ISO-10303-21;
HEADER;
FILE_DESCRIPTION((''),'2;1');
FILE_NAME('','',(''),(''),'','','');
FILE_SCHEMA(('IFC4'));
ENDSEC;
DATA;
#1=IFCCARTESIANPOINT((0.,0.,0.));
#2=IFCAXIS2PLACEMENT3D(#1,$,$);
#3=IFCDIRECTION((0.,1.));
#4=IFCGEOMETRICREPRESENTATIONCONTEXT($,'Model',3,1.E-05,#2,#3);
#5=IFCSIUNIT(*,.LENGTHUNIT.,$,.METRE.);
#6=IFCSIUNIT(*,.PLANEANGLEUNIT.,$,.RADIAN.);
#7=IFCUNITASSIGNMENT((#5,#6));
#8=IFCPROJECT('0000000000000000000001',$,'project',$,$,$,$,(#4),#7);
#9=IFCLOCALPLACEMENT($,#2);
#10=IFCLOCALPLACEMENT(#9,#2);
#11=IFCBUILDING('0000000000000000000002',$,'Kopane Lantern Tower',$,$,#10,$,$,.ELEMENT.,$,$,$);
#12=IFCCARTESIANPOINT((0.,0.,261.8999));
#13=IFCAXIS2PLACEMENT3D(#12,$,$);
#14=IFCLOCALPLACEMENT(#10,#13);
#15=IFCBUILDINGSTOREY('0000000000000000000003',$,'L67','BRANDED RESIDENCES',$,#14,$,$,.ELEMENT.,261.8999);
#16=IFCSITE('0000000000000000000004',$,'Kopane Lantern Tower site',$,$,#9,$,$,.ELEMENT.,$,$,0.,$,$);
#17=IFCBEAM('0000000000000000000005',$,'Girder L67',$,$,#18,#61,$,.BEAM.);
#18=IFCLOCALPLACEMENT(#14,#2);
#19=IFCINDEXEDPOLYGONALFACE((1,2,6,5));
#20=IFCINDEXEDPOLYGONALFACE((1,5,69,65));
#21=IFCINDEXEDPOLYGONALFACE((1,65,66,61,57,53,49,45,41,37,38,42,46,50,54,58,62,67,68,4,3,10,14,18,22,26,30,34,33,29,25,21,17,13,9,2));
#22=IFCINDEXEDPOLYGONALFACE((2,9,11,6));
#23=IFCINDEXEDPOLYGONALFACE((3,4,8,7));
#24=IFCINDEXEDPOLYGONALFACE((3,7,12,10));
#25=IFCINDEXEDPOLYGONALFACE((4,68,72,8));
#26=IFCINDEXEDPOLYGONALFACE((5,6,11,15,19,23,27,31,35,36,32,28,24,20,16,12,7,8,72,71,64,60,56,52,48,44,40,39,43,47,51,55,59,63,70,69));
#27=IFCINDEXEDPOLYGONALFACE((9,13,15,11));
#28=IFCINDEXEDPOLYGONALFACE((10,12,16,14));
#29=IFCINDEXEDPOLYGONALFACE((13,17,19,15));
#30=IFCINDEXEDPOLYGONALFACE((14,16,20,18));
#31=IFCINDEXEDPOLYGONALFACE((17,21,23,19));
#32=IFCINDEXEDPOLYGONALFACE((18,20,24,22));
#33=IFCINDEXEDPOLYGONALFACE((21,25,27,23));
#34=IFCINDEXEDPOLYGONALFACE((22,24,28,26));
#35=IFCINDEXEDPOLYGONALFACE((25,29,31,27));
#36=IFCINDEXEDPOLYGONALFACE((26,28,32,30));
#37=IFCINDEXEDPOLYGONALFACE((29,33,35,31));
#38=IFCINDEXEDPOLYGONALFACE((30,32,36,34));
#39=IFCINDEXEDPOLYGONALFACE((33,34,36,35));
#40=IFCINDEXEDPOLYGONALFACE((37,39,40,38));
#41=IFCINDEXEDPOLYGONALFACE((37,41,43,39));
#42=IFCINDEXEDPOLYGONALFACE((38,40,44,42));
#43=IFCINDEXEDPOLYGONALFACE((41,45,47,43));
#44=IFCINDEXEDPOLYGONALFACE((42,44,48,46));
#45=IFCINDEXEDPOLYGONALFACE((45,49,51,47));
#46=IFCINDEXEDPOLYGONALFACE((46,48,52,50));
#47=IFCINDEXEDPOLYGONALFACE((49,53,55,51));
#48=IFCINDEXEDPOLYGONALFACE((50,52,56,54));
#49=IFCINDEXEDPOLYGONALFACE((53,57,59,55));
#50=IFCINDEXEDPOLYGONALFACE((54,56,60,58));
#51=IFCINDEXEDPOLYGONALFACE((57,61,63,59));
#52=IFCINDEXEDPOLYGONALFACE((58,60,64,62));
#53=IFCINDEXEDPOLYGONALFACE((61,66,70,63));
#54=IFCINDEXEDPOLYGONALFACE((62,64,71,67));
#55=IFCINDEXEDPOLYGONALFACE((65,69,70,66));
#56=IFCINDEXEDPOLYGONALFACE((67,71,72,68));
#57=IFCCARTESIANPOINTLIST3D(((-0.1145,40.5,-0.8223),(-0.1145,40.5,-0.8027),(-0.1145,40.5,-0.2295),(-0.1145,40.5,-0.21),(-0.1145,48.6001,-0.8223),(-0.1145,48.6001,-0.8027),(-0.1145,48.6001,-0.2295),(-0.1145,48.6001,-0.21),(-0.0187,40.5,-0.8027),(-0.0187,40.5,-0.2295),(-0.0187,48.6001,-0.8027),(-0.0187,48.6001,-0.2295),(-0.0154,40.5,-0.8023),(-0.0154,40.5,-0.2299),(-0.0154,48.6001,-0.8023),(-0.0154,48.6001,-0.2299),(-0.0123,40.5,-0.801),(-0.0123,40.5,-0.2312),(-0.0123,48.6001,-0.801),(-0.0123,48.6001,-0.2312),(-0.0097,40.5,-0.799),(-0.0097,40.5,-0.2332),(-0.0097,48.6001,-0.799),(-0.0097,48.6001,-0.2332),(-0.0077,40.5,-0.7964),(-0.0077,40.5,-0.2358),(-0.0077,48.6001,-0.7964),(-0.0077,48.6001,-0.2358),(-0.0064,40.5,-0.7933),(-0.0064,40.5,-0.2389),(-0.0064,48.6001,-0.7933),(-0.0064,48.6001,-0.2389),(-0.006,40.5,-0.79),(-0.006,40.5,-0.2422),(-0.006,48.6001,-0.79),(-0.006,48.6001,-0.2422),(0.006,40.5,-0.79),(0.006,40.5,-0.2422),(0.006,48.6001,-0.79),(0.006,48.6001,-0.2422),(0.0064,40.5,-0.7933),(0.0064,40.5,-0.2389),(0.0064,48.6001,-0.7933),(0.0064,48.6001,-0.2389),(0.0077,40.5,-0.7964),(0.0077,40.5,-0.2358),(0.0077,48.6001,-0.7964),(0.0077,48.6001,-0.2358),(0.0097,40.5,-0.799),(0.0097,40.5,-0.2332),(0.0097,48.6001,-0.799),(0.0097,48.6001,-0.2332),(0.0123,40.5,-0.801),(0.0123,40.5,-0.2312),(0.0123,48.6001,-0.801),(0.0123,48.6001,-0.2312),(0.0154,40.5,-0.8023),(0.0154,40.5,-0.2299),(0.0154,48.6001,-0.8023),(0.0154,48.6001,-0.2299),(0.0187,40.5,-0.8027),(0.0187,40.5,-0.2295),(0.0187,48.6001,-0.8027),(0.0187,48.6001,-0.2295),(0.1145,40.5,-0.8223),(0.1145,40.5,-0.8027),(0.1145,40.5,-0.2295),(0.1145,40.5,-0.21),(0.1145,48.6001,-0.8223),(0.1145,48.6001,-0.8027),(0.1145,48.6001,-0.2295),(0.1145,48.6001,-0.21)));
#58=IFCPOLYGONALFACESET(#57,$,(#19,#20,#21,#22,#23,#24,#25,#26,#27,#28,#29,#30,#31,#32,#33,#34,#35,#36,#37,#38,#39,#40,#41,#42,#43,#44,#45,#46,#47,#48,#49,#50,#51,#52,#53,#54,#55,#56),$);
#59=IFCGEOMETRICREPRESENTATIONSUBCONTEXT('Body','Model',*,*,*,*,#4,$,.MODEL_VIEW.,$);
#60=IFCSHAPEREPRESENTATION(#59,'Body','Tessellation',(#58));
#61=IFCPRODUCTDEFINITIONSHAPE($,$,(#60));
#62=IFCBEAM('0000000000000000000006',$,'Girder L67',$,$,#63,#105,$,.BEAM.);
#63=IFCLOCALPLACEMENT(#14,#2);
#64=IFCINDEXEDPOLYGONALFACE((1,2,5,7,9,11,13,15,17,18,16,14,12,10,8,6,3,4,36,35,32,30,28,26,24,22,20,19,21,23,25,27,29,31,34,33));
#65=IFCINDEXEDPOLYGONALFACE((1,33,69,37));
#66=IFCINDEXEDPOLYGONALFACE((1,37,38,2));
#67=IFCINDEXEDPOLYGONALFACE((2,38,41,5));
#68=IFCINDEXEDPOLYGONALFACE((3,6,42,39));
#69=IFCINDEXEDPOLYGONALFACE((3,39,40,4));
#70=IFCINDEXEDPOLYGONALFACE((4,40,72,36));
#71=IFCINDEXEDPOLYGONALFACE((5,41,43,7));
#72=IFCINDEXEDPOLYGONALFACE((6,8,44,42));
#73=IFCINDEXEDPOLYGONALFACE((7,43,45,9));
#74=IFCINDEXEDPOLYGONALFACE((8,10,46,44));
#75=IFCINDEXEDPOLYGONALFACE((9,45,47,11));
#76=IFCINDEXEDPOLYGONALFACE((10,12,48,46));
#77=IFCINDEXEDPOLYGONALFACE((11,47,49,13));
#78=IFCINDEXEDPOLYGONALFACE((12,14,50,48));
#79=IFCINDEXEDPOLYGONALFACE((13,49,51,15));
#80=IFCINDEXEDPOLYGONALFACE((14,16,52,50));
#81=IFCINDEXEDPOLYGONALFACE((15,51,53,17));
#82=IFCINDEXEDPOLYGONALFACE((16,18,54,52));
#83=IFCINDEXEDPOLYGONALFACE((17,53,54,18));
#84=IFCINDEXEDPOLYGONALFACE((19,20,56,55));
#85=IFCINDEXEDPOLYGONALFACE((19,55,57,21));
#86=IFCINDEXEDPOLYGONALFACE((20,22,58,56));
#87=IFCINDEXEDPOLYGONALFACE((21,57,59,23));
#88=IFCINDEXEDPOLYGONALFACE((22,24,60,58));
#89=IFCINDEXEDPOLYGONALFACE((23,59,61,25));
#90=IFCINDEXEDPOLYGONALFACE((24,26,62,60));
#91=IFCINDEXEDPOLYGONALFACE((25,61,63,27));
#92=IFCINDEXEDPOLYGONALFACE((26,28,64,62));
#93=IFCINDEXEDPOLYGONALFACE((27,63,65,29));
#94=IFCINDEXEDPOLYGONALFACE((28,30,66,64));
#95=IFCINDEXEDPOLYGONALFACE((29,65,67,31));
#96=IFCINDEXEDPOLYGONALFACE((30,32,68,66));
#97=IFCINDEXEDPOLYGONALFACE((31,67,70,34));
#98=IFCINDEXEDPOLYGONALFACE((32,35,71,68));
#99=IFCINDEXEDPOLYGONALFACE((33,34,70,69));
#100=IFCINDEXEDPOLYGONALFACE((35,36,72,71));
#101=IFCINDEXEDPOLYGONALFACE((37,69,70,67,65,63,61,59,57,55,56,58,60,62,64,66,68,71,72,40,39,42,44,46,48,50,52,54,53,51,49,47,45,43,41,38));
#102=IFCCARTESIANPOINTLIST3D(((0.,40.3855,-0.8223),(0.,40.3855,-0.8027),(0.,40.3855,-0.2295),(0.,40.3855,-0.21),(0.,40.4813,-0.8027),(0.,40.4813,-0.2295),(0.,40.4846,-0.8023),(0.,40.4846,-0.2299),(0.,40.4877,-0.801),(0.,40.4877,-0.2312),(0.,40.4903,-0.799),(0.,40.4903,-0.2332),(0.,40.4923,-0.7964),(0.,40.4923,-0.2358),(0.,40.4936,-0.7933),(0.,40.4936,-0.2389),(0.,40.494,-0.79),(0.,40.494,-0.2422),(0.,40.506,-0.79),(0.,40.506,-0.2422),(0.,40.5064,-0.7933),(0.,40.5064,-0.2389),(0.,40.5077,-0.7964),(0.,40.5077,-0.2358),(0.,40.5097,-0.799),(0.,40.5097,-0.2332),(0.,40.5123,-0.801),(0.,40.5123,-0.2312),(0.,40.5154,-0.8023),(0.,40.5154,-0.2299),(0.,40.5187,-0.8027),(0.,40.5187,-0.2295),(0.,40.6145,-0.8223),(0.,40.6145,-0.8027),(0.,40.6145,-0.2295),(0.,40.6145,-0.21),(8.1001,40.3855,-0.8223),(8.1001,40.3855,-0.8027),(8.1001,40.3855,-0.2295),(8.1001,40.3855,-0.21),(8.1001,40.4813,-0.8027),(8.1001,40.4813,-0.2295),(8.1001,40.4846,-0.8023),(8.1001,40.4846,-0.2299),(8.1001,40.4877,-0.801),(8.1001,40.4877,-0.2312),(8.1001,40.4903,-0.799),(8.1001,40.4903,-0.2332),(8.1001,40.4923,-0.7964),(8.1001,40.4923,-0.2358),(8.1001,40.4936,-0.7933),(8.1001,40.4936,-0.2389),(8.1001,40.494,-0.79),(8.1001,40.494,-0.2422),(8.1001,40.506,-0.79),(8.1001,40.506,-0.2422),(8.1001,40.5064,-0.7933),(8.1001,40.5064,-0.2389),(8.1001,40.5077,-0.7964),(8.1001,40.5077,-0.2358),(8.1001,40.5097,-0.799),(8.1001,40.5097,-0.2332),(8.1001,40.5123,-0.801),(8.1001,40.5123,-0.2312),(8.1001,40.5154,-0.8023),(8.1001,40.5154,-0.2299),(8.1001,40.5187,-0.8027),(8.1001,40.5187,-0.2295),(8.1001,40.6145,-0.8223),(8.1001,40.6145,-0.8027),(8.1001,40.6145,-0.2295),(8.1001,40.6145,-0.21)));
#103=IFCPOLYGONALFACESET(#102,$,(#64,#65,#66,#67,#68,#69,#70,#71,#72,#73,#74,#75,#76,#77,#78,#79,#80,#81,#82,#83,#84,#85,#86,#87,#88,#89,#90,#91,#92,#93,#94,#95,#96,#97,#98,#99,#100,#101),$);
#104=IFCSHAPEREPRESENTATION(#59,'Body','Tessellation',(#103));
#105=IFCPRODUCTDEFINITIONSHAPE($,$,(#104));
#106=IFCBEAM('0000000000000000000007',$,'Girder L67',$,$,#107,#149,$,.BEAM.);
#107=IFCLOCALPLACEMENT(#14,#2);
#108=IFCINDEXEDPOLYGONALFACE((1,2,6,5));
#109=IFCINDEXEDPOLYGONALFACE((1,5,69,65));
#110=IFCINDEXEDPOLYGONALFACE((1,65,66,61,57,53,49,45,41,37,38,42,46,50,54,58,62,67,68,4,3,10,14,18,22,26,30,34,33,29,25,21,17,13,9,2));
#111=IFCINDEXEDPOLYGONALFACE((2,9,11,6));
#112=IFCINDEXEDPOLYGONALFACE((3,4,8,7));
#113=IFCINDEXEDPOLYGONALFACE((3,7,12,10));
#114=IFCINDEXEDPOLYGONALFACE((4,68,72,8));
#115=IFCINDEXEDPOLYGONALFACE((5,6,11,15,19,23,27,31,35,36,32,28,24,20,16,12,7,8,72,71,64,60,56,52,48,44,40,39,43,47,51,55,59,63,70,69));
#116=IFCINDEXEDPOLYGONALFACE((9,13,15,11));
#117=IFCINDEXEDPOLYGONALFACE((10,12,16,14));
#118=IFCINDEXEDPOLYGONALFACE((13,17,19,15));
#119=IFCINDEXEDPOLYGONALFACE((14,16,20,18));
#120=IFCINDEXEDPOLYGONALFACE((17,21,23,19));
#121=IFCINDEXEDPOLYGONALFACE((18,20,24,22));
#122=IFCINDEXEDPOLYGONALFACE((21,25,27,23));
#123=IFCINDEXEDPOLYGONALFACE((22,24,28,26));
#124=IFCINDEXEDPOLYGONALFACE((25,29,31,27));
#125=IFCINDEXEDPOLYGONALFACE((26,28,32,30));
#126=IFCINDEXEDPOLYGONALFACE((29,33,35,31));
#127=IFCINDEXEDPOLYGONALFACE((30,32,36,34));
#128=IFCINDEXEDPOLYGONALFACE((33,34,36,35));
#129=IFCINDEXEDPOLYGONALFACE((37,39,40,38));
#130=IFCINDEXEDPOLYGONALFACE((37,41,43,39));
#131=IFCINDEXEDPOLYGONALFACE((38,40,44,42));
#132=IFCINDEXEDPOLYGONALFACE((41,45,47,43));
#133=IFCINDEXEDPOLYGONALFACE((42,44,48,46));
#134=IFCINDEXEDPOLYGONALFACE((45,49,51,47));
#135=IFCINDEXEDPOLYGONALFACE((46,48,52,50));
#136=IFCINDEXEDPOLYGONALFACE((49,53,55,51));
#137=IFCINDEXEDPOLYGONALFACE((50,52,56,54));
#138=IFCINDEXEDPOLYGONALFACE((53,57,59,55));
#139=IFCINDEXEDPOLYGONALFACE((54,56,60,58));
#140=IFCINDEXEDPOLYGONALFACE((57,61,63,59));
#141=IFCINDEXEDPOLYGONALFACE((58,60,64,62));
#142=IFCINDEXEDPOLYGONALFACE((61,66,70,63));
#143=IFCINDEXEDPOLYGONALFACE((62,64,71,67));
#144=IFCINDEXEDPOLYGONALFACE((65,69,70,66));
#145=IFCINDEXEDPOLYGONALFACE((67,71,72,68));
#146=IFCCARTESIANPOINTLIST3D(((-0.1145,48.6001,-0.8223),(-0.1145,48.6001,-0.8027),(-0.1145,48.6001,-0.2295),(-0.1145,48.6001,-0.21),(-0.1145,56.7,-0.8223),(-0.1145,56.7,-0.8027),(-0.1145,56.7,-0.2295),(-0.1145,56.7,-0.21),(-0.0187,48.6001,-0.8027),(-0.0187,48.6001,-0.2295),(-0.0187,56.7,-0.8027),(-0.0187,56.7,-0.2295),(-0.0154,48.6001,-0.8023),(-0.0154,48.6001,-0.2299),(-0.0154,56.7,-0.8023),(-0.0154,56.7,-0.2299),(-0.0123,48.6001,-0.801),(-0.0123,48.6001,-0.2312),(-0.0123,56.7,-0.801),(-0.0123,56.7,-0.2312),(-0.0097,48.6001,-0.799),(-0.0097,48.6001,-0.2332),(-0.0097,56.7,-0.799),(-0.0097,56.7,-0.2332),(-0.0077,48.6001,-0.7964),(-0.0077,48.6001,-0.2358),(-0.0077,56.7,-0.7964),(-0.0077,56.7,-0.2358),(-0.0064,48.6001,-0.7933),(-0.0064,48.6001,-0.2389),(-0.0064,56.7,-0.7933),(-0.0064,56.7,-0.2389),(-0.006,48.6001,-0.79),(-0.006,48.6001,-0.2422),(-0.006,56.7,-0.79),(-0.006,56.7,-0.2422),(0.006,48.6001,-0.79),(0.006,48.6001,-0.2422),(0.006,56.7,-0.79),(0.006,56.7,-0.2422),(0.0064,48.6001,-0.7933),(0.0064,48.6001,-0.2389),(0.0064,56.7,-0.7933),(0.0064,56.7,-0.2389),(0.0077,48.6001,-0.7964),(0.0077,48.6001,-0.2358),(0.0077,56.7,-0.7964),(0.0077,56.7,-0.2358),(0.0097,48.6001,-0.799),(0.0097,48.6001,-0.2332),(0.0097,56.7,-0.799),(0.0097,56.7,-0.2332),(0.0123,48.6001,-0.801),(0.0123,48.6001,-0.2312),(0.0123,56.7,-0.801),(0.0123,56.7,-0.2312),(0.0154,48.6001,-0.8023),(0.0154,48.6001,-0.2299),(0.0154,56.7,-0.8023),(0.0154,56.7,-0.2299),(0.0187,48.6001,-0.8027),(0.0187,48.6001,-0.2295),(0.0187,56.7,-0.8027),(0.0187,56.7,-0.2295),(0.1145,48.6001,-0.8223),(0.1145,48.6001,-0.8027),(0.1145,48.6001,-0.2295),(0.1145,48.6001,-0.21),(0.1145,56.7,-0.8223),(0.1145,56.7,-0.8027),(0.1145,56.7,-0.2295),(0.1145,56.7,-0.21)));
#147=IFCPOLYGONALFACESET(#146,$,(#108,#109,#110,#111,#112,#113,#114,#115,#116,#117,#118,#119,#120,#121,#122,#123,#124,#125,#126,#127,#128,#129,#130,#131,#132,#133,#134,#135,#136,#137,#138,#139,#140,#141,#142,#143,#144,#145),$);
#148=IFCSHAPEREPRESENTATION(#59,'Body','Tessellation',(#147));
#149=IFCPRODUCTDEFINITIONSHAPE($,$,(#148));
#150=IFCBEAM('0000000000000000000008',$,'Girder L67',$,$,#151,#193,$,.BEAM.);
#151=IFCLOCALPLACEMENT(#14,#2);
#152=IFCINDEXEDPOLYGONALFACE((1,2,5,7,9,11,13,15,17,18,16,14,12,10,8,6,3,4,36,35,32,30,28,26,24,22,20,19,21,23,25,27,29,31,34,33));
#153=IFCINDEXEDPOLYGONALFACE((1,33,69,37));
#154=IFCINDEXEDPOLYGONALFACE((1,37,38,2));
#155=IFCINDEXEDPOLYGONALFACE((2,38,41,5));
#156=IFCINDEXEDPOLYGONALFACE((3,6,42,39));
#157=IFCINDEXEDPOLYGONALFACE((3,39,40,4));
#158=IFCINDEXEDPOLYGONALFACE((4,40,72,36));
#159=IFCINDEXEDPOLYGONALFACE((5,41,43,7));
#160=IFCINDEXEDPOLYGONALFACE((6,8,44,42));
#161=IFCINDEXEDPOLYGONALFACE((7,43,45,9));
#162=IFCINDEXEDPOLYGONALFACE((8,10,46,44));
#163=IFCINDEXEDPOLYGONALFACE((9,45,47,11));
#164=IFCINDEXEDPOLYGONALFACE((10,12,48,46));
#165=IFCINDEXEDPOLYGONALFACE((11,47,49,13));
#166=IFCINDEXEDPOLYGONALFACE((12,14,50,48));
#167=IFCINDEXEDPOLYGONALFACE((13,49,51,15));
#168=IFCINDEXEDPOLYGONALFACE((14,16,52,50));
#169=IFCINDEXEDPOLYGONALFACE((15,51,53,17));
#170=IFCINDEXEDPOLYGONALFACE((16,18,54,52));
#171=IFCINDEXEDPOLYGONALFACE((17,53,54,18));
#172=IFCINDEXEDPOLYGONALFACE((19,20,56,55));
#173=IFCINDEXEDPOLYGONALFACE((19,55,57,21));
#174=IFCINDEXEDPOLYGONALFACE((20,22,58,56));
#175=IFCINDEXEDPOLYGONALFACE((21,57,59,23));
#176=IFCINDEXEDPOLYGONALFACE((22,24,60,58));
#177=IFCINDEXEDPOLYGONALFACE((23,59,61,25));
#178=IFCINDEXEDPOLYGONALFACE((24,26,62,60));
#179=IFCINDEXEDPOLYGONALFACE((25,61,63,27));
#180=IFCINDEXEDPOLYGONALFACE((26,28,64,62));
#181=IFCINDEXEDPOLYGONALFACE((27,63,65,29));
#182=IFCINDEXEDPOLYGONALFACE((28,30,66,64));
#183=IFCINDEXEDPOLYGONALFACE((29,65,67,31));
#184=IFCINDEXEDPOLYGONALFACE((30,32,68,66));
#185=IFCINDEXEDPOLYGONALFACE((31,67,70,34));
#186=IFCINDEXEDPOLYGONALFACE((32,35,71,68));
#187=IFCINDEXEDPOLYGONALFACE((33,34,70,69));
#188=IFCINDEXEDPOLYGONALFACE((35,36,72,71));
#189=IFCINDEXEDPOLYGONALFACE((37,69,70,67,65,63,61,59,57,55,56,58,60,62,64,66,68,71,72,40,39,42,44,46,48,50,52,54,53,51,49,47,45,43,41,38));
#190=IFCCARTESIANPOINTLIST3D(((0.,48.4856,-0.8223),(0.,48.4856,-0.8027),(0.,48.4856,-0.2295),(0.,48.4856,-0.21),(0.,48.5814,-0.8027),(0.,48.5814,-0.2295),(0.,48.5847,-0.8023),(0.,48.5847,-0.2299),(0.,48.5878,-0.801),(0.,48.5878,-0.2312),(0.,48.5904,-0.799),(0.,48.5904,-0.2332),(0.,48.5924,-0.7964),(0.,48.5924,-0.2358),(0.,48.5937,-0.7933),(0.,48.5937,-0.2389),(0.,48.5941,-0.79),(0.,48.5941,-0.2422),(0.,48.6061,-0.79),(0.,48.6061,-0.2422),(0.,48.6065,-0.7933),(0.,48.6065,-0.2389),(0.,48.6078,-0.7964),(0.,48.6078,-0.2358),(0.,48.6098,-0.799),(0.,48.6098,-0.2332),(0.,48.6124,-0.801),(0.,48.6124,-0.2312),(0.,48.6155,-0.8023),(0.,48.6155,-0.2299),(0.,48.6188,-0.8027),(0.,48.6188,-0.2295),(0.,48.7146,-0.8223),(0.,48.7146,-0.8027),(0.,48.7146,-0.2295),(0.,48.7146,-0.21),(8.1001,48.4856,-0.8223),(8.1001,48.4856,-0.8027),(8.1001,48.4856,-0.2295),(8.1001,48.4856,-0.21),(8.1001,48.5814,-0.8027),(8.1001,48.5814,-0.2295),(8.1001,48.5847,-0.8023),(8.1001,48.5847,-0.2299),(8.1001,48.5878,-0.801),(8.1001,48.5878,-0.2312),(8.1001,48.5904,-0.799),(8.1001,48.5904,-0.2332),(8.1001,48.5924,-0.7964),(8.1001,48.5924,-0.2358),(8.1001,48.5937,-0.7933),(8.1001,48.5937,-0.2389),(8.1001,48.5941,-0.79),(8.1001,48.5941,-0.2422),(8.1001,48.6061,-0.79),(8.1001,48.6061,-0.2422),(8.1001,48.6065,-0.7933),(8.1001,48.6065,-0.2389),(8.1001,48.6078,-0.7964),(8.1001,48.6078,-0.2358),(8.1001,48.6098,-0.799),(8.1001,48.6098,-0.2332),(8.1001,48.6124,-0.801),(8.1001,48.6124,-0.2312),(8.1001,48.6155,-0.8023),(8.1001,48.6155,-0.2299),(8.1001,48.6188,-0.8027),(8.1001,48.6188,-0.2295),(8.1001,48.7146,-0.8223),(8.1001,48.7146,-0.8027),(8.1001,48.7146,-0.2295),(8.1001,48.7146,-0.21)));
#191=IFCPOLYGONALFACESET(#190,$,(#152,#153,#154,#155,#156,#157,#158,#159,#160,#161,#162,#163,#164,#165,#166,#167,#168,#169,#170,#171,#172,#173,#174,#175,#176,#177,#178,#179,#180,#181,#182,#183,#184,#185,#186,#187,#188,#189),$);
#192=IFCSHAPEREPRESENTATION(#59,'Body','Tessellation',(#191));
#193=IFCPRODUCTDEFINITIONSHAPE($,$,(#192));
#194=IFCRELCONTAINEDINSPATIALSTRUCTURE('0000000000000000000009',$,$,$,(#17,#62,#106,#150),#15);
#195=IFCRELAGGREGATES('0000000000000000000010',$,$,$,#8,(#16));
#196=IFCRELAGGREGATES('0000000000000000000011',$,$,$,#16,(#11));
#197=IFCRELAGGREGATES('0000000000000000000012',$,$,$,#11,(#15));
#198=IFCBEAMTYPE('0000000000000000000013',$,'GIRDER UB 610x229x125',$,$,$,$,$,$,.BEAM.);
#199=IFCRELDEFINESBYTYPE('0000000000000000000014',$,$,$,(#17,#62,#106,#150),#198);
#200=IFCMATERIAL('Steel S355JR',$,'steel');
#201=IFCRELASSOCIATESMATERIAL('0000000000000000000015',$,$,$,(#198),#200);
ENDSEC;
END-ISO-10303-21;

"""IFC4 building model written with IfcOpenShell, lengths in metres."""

from ifc_helpers import new_model, si_unit, direction, frame, origin, origin_2d, place, context, subcontext, project, spatial, i_section, extrude, material, material_profile, profile_set, type_object, element, save


model = new_model("IFC4")

# Units and contexts
model_context = context("Model", 3, precision=1e-05, world=origin(), true_north=direction((0.0, 1.0)))
body_context = subcontext(model_context, "Body", "Model", "MODEL_VIEW")
ifc_project = project(units=[si_unit("LENGTHUNIT", "METRE"), si_unit("PLANEANGLEUNIT", "RADIAN")], contexts=[model_context])

# Site, building, storey
site_placement = place(None, origin())
site = spatial("IfcSite", under=ifc_project, at=site_placement, Name="Kopane Lantern Tower site", CompositionType="ELEMENT", RefElevation=0.0)
building_placement = place(site_placement, origin())
building = spatial("IfcBuilding", under=site, at=building_placement, Name="Kopane Lantern Tower", CompositionType="ELEMENT")
storey_placement = place(building_placement, frame((0.0, 0.0, 261.8999)))
storey = spatial("IfcBuildingStorey", under=building, at=storey_placement, Name="L67", Description="BRANDED RESIDENCES", CompositionType="ELEMENT", Elevation=261.8999)

# Beams
ifc_material_1 = material(Name="Steel S355JR", Category="steel")
ifc_material_profile_1 = material_profile(ifc_material_1, i_section(OverallWidth=0.229, OverallDepth=0.6123, WebThickness=0.012, FlangeThickness=0.0195, FilletRadius=0.0127, at=origin_2d()), Name="UB 610x229x125")
ifc_profile_set_1 = profile_set([ifc_material_profile_1], Name="Steel S355JR")
beam_type = type_object("IfcBeamType", Name="GIRDER UB 610x229x125", PredefinedType="BEAM", material=ifc_profile_set_1)
for number, where, z_axis, x_axis, name in (
    (1, (0.0, 40.5, -0.5161), (0.0, 1.0, 0.0), (-1.0, 0.0, 0.0), "Girder L67"),
    (2, (0.0, 40.5, -0.5161), (1.0, 0.0, 0.0), (0.0, 1.0, 0.0), "Girder L67"),
):
    element("IfcBeam", number, at=place(storey_placement, frame(where, z_axis=z_axis, x_axis=x_axis)), inside=storey, type_object=beam_type, Name=name, PredefinedType="BEAM", context=body_context, shape_type="SweptSolid", body=[
        extrude(i_section(OverallWidth=0.229, OverallDepth=0.6123, WebThickness=0.012, FlangeThickness=0.0195, FilletRadius=0.0127, at=origin_2d()), origin(), (0.0, 0.0, 1.0), 8.1001),
    ])
beam_placement = place(storey_placement, frame((0.0, 48.6001, -0.5161), z_axis=(0.0, 1.0, 0.0), x_axis=(-1.0, 0.0, 0.0)))
element("IfcBeam", 3, at=beam_placement, inside=storey, type_object=beam_type, Name="Girder L67", PredefinedType="BEAM", context=body_context, shape_type="SweptSolid", body=[
    extrude(i_section(OverallWidth=0.229, OverallDepth=0.6123, WebThickness=0.012, FlangeThickness=0.0195, FilletRadius=0.0127, at=origin_2d()), origin(), (0.0, 0.0, 1.0), 8.0999),
])
for number, where, z_axis, x_axis, name in (
    (4, (0.0, 48.6001, -0.5161), (1.0, 0.0, 0.0), (0.0, 1.0, 0.0), "Girder L67"),
):
    element("IfcBeam", number, at=place(storey_placement, frame(where, z_axis=z_axis, x_axis=x_axis)), inside=storey, type_object=beam_type, Name=name, PredefinedType="BEAM", context=body_context, shape_type="SweptSolid", body=[
        extrude(i_section(OverallWidth=0.229, OverallDepth=0.6123, WebThickness=0.012, FlangeThickness=0.0195, FilletRadius=0.0127, at=origin_2d()), origin(), (0.0, 0.0, 1.0), 8.1001),
    ])

save(model, "model.ifc")
